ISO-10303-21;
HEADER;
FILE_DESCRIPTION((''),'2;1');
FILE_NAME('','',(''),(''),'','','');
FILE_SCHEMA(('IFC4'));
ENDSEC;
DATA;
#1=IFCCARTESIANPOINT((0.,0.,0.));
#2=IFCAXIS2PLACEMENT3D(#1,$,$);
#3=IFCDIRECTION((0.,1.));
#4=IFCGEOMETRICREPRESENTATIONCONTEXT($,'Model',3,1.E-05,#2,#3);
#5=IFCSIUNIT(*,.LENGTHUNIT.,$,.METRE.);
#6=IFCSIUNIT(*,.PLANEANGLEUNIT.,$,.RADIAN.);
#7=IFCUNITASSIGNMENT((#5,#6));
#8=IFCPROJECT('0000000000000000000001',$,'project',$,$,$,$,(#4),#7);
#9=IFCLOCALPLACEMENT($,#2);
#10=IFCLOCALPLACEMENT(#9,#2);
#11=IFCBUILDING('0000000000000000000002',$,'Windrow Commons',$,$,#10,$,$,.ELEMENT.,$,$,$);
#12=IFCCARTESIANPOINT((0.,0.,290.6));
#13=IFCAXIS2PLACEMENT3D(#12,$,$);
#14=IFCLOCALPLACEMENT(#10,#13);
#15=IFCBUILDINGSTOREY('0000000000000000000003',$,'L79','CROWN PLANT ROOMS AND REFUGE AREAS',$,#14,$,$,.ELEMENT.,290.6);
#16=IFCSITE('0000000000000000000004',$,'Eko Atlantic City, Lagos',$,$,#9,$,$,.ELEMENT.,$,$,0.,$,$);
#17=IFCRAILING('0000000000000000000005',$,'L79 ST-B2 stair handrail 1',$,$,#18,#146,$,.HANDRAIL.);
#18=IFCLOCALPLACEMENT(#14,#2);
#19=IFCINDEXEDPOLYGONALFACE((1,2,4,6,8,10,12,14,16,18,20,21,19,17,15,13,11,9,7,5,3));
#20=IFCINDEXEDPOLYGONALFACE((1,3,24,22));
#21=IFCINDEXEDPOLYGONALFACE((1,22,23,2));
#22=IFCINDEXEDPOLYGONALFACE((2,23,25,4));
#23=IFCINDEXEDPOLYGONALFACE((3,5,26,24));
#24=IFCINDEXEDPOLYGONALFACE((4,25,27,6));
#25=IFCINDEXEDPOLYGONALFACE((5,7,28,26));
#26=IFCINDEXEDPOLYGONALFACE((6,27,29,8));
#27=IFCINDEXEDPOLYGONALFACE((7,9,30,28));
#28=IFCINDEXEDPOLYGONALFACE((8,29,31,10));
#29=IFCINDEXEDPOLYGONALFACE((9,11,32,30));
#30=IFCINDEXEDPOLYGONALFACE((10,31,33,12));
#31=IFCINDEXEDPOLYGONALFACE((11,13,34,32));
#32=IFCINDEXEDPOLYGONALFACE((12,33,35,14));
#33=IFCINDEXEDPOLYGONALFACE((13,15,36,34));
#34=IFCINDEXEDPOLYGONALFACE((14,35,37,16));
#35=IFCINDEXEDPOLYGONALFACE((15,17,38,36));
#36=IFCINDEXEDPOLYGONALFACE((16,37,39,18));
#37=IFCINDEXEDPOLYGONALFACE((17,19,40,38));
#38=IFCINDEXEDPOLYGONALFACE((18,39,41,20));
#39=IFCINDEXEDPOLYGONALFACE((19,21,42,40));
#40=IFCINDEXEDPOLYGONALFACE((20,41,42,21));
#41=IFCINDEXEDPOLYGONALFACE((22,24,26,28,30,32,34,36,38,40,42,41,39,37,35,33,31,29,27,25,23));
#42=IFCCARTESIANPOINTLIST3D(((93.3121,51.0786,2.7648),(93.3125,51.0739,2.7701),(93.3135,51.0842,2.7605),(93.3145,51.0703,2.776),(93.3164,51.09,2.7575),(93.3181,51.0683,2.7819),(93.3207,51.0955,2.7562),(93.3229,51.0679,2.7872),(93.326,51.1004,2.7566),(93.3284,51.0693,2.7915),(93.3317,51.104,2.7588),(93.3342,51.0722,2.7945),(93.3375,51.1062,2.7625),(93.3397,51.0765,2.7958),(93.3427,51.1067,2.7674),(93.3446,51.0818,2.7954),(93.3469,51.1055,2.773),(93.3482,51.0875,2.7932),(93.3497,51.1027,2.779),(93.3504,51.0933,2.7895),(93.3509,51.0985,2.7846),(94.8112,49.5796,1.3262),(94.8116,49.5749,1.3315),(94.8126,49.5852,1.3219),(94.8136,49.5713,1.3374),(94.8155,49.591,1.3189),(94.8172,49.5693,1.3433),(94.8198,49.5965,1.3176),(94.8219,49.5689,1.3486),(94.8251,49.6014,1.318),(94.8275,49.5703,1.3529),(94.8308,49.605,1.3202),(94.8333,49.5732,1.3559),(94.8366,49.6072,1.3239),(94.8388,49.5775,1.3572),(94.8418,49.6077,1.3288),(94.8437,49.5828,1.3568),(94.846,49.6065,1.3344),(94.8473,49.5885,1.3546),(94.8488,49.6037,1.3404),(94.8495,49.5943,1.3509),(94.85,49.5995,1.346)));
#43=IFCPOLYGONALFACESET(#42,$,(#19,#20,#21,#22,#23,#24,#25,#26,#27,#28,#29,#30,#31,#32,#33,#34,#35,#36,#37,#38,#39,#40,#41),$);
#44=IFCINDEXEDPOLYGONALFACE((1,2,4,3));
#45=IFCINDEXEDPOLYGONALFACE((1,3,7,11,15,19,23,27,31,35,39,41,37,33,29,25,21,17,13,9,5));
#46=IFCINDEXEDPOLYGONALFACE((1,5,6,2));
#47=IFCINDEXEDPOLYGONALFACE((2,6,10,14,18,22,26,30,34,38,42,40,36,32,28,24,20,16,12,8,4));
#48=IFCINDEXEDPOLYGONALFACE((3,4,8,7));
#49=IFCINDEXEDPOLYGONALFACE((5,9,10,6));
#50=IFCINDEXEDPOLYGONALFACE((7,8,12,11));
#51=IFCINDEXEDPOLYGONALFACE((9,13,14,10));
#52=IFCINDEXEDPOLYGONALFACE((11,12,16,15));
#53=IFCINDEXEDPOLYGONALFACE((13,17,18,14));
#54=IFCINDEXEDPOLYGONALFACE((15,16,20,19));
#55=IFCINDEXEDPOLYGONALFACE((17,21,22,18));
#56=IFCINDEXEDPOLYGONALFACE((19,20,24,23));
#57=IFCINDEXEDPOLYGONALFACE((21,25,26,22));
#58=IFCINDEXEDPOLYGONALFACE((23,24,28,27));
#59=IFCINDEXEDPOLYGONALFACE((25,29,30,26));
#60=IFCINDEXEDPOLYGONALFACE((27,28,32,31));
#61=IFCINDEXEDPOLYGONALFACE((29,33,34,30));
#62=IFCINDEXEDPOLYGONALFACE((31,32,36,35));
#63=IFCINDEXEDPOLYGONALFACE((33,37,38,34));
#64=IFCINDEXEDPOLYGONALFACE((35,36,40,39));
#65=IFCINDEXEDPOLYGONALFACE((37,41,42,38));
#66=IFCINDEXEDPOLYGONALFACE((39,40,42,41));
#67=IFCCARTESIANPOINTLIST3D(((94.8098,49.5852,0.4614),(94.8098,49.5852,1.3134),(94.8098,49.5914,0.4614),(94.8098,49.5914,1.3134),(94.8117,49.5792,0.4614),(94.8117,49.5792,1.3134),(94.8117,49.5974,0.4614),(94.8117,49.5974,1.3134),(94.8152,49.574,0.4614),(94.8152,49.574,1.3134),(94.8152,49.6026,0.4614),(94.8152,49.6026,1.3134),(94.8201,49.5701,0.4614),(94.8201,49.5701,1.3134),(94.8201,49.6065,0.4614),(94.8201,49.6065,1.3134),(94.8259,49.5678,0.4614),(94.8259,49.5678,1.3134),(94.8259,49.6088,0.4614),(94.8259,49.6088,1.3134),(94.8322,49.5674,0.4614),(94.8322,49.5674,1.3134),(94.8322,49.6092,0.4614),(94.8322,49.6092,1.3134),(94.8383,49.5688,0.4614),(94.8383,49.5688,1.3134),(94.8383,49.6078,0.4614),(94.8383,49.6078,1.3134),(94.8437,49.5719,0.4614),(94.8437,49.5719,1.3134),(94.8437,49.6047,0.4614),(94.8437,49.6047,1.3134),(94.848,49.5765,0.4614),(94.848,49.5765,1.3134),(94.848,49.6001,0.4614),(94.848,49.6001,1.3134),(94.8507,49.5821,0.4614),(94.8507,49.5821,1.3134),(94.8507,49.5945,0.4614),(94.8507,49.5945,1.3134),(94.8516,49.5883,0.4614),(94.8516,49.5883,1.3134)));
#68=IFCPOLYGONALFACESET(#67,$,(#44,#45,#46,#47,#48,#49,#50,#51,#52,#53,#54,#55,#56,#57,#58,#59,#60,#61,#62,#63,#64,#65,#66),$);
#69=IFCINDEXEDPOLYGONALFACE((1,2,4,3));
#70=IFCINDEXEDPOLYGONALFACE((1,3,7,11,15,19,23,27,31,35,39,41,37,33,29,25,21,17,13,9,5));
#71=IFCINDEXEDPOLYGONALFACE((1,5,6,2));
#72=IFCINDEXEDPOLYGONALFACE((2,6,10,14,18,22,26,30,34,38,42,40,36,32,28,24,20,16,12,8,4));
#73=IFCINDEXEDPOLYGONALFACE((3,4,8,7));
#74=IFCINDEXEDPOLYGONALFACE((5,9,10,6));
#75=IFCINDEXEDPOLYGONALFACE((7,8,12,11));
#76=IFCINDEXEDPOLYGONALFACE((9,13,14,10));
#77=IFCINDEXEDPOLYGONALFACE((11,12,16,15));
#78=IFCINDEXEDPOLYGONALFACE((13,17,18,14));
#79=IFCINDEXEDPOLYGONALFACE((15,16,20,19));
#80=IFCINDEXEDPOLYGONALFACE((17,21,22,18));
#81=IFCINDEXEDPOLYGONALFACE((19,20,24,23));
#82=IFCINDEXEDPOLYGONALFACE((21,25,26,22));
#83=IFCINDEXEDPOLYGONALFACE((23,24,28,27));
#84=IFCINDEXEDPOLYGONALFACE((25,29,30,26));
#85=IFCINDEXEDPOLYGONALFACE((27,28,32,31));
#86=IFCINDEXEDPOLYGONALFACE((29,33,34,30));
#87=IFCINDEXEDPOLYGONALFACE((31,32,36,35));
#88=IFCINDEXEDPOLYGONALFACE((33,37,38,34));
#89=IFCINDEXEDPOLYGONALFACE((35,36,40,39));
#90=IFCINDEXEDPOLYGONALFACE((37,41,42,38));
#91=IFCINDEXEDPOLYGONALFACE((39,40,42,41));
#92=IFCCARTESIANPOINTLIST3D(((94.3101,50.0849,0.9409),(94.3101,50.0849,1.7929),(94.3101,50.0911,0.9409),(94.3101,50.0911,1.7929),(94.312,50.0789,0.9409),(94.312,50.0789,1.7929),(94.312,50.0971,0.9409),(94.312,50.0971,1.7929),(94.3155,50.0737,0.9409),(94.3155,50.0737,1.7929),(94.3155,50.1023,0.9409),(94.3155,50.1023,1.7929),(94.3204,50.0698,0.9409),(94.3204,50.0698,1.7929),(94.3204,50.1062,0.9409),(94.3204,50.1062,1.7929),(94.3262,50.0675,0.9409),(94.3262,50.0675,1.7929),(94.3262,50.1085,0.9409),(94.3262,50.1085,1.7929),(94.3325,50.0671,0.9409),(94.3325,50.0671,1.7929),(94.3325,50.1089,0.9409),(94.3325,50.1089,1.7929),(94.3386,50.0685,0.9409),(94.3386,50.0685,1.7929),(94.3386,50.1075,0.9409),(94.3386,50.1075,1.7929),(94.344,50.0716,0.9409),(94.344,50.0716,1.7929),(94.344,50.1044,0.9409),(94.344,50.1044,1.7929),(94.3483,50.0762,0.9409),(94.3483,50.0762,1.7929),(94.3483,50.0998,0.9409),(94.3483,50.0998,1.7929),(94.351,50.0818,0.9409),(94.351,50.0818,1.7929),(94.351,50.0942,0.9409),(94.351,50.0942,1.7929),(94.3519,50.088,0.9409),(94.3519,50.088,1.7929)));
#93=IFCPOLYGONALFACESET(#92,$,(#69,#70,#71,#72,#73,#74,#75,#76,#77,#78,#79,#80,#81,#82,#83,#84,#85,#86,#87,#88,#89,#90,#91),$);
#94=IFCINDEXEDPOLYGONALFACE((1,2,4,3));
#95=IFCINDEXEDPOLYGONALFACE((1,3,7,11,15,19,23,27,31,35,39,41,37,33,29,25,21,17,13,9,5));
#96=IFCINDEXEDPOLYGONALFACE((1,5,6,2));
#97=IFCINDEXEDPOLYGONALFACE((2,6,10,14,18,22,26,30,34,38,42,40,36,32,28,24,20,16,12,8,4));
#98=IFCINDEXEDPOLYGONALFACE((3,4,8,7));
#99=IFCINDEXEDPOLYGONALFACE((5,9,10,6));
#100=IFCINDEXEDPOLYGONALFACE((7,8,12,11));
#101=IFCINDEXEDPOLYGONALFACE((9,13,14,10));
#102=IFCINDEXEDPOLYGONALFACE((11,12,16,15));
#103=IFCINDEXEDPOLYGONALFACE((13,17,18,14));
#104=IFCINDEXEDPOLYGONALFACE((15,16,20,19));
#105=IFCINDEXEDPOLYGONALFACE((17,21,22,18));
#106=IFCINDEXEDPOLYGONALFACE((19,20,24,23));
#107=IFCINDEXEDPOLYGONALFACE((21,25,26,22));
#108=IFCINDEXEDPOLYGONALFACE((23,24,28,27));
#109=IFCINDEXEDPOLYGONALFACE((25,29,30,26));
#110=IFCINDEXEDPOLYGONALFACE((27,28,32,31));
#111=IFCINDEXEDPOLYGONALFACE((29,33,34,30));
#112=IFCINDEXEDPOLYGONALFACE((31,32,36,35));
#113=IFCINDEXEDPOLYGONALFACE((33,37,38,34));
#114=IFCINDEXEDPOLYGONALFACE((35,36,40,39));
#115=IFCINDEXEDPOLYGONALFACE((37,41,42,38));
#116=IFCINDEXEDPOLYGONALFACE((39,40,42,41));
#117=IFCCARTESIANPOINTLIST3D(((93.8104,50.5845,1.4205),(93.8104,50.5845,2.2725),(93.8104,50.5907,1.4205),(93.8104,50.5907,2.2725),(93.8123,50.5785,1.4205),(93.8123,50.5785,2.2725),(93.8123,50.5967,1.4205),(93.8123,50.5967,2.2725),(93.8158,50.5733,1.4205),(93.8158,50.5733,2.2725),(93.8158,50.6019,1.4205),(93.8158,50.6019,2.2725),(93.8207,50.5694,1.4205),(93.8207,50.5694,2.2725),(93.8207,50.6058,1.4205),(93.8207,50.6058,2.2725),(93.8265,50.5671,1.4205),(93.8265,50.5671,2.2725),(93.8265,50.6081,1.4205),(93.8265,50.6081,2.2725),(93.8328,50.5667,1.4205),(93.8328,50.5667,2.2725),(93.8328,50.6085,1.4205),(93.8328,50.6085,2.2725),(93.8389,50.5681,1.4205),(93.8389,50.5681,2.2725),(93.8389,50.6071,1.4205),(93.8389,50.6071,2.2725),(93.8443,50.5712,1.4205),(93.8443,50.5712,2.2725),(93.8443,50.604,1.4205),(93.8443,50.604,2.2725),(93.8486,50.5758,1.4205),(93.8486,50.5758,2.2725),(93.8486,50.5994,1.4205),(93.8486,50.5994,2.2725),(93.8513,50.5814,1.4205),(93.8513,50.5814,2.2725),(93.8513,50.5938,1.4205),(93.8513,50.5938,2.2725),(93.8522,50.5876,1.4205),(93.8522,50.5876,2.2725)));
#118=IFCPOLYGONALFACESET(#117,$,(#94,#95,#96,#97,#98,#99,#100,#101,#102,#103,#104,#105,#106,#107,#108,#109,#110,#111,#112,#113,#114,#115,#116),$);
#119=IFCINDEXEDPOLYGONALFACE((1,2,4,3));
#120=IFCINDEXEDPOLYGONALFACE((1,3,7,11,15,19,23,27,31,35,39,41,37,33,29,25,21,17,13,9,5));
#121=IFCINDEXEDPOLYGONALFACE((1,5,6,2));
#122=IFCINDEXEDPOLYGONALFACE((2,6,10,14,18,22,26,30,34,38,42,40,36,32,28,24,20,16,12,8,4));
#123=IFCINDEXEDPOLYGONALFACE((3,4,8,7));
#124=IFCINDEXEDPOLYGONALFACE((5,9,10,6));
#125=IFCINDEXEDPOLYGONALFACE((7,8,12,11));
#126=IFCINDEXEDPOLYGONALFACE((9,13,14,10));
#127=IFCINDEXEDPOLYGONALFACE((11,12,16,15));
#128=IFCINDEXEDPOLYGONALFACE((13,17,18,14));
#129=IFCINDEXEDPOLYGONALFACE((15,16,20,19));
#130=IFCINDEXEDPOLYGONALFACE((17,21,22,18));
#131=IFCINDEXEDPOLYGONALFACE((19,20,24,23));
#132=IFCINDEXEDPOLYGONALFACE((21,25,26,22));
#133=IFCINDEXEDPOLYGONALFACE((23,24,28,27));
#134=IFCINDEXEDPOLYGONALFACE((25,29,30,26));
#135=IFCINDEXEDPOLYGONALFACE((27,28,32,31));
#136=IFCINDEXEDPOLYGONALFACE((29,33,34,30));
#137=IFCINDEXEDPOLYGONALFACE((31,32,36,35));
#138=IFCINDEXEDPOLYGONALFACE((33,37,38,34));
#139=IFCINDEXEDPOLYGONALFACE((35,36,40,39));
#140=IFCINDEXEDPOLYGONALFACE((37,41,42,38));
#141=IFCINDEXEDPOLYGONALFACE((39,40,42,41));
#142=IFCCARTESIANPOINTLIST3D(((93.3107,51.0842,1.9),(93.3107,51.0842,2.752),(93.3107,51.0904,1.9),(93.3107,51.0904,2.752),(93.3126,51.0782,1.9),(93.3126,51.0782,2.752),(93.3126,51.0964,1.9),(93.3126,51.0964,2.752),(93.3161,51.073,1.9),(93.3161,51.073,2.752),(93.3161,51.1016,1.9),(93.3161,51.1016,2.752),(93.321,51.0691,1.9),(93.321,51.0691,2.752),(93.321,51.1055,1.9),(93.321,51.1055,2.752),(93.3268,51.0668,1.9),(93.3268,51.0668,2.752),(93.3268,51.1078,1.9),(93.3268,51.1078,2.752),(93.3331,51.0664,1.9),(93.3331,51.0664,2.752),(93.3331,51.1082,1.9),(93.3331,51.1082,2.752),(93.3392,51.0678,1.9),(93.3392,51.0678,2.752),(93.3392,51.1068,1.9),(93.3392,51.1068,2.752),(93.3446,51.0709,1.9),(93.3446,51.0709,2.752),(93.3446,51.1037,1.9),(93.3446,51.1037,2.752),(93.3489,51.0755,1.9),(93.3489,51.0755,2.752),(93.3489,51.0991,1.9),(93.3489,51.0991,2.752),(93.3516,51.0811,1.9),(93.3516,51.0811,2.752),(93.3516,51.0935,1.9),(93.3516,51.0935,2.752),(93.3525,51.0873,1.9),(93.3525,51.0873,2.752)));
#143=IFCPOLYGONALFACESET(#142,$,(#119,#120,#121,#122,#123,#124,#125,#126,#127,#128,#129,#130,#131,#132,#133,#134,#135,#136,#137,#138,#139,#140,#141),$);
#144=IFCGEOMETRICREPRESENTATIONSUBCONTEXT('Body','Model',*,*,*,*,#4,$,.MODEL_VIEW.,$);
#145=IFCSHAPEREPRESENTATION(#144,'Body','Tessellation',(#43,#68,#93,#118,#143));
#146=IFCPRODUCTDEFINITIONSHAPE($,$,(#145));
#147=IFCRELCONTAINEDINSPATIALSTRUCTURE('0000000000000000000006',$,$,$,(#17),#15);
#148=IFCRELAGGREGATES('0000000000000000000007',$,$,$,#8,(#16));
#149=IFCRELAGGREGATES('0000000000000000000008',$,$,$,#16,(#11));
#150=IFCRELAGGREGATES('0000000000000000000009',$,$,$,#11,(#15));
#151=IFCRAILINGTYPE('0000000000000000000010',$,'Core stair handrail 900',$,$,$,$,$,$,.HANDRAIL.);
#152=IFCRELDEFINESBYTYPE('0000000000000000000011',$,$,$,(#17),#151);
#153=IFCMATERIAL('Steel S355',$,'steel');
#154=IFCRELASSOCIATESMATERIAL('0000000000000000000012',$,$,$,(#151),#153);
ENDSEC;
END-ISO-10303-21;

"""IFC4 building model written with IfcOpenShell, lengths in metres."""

from ifc_helpers import new_model, si_unit, direction, frame, origin, origin_2d, place, context, subcontext, project, spatial, circle, extrude, material, type_object, element, save


model = new_model("IFC4")

# Units and contexts
model_context = context("Model", 3, precision=1e-05, world=origin(), true_north=direction((0.0, 1.0)))
body_context = subcontext(model_context, "Body", "Model", "MODEL_VIEW")
ifc_project = project(units=[si_unit("LENGTHUNIT", "METRE"), si_unit("PLANEANGLEUNIT", "RADIAN")], contexts=[model_context])

# Site, building, storey
site_placement = place(None, origin())
site = spatial("IfcSite", under=ifc_project, at=site_placement, Name="Eko Atlantic City, Lagos", CompositionType="ELEMENT", RefElevation=0.0)
building_placement = place(site_placement, origin())
building = spatial("IfcBuilding", under=site, at=building_placement, Name="Windrow Commons", CompositionType="ELEMENT")
storey_placement = place(building_placement, frame((0.0, 0.0, 290.6)))
storey = spatial("IfcBuildingStorey", under=building, at=storey_placement, Name="L79", Description="CROWN PLANT ROOMS AND REFUGE AREAS", CompositionType="ELEMENT", Elevation=290.6)

# Railing
ifc_material_1 = material(Name="Steel S355", Category="steel")
railing_type_1 = type_object("IfcRailingType", Name="Core stair handrail 900", PredefinedType="HANDRAIL", material=ifc_material_1)
for number, where, name in (
    (1, (94.8306, 49.5883, 0.4614), "L79 ST-B2 stair handrail 1"),
):
    element("IfcRailing", number, at=place(storey_placement, frame(where)), inside=storey, type_object=railing_type_1, Name=name, PredefinedType="HANDRAIL", context=body_context, shape_type="SweptSolid", body=[
        extrude(circle(Radius=0.024, at=origin_2d()), frame((0.0, 0.0, 0.876), z_axis=(-0.585128, 0.585089, 0.561513), x_axis=(-0.707083, -0.70713, 0.0)), (0.0, 0.0, 1.0), 2.562),
        extrude(circle(Radius=0.021, at=origin_2d()), origin(), (0.0, 0.0, 1.0), 0.852),
        extrude(circle(Radius=0.021, at=origin_2d()), frame((-0.4997, 0.4997, 0.4795)), (0.0, 0.0, 1.0), 0.852),
        extrude(circle(Radius=0.021, at=origin_2d()), frame((-0.9994, 0.9993, 0.9591)), (0.0, 0.0, 1.0), 0.852),
        extrude(circle(Radius=0.021, at=origin_2d()), frame((-1.4991, 1.499, 1.4386)), (0.0, 0.0, 1.0), 0.852),
    ])

save(model, "model.ifc")
